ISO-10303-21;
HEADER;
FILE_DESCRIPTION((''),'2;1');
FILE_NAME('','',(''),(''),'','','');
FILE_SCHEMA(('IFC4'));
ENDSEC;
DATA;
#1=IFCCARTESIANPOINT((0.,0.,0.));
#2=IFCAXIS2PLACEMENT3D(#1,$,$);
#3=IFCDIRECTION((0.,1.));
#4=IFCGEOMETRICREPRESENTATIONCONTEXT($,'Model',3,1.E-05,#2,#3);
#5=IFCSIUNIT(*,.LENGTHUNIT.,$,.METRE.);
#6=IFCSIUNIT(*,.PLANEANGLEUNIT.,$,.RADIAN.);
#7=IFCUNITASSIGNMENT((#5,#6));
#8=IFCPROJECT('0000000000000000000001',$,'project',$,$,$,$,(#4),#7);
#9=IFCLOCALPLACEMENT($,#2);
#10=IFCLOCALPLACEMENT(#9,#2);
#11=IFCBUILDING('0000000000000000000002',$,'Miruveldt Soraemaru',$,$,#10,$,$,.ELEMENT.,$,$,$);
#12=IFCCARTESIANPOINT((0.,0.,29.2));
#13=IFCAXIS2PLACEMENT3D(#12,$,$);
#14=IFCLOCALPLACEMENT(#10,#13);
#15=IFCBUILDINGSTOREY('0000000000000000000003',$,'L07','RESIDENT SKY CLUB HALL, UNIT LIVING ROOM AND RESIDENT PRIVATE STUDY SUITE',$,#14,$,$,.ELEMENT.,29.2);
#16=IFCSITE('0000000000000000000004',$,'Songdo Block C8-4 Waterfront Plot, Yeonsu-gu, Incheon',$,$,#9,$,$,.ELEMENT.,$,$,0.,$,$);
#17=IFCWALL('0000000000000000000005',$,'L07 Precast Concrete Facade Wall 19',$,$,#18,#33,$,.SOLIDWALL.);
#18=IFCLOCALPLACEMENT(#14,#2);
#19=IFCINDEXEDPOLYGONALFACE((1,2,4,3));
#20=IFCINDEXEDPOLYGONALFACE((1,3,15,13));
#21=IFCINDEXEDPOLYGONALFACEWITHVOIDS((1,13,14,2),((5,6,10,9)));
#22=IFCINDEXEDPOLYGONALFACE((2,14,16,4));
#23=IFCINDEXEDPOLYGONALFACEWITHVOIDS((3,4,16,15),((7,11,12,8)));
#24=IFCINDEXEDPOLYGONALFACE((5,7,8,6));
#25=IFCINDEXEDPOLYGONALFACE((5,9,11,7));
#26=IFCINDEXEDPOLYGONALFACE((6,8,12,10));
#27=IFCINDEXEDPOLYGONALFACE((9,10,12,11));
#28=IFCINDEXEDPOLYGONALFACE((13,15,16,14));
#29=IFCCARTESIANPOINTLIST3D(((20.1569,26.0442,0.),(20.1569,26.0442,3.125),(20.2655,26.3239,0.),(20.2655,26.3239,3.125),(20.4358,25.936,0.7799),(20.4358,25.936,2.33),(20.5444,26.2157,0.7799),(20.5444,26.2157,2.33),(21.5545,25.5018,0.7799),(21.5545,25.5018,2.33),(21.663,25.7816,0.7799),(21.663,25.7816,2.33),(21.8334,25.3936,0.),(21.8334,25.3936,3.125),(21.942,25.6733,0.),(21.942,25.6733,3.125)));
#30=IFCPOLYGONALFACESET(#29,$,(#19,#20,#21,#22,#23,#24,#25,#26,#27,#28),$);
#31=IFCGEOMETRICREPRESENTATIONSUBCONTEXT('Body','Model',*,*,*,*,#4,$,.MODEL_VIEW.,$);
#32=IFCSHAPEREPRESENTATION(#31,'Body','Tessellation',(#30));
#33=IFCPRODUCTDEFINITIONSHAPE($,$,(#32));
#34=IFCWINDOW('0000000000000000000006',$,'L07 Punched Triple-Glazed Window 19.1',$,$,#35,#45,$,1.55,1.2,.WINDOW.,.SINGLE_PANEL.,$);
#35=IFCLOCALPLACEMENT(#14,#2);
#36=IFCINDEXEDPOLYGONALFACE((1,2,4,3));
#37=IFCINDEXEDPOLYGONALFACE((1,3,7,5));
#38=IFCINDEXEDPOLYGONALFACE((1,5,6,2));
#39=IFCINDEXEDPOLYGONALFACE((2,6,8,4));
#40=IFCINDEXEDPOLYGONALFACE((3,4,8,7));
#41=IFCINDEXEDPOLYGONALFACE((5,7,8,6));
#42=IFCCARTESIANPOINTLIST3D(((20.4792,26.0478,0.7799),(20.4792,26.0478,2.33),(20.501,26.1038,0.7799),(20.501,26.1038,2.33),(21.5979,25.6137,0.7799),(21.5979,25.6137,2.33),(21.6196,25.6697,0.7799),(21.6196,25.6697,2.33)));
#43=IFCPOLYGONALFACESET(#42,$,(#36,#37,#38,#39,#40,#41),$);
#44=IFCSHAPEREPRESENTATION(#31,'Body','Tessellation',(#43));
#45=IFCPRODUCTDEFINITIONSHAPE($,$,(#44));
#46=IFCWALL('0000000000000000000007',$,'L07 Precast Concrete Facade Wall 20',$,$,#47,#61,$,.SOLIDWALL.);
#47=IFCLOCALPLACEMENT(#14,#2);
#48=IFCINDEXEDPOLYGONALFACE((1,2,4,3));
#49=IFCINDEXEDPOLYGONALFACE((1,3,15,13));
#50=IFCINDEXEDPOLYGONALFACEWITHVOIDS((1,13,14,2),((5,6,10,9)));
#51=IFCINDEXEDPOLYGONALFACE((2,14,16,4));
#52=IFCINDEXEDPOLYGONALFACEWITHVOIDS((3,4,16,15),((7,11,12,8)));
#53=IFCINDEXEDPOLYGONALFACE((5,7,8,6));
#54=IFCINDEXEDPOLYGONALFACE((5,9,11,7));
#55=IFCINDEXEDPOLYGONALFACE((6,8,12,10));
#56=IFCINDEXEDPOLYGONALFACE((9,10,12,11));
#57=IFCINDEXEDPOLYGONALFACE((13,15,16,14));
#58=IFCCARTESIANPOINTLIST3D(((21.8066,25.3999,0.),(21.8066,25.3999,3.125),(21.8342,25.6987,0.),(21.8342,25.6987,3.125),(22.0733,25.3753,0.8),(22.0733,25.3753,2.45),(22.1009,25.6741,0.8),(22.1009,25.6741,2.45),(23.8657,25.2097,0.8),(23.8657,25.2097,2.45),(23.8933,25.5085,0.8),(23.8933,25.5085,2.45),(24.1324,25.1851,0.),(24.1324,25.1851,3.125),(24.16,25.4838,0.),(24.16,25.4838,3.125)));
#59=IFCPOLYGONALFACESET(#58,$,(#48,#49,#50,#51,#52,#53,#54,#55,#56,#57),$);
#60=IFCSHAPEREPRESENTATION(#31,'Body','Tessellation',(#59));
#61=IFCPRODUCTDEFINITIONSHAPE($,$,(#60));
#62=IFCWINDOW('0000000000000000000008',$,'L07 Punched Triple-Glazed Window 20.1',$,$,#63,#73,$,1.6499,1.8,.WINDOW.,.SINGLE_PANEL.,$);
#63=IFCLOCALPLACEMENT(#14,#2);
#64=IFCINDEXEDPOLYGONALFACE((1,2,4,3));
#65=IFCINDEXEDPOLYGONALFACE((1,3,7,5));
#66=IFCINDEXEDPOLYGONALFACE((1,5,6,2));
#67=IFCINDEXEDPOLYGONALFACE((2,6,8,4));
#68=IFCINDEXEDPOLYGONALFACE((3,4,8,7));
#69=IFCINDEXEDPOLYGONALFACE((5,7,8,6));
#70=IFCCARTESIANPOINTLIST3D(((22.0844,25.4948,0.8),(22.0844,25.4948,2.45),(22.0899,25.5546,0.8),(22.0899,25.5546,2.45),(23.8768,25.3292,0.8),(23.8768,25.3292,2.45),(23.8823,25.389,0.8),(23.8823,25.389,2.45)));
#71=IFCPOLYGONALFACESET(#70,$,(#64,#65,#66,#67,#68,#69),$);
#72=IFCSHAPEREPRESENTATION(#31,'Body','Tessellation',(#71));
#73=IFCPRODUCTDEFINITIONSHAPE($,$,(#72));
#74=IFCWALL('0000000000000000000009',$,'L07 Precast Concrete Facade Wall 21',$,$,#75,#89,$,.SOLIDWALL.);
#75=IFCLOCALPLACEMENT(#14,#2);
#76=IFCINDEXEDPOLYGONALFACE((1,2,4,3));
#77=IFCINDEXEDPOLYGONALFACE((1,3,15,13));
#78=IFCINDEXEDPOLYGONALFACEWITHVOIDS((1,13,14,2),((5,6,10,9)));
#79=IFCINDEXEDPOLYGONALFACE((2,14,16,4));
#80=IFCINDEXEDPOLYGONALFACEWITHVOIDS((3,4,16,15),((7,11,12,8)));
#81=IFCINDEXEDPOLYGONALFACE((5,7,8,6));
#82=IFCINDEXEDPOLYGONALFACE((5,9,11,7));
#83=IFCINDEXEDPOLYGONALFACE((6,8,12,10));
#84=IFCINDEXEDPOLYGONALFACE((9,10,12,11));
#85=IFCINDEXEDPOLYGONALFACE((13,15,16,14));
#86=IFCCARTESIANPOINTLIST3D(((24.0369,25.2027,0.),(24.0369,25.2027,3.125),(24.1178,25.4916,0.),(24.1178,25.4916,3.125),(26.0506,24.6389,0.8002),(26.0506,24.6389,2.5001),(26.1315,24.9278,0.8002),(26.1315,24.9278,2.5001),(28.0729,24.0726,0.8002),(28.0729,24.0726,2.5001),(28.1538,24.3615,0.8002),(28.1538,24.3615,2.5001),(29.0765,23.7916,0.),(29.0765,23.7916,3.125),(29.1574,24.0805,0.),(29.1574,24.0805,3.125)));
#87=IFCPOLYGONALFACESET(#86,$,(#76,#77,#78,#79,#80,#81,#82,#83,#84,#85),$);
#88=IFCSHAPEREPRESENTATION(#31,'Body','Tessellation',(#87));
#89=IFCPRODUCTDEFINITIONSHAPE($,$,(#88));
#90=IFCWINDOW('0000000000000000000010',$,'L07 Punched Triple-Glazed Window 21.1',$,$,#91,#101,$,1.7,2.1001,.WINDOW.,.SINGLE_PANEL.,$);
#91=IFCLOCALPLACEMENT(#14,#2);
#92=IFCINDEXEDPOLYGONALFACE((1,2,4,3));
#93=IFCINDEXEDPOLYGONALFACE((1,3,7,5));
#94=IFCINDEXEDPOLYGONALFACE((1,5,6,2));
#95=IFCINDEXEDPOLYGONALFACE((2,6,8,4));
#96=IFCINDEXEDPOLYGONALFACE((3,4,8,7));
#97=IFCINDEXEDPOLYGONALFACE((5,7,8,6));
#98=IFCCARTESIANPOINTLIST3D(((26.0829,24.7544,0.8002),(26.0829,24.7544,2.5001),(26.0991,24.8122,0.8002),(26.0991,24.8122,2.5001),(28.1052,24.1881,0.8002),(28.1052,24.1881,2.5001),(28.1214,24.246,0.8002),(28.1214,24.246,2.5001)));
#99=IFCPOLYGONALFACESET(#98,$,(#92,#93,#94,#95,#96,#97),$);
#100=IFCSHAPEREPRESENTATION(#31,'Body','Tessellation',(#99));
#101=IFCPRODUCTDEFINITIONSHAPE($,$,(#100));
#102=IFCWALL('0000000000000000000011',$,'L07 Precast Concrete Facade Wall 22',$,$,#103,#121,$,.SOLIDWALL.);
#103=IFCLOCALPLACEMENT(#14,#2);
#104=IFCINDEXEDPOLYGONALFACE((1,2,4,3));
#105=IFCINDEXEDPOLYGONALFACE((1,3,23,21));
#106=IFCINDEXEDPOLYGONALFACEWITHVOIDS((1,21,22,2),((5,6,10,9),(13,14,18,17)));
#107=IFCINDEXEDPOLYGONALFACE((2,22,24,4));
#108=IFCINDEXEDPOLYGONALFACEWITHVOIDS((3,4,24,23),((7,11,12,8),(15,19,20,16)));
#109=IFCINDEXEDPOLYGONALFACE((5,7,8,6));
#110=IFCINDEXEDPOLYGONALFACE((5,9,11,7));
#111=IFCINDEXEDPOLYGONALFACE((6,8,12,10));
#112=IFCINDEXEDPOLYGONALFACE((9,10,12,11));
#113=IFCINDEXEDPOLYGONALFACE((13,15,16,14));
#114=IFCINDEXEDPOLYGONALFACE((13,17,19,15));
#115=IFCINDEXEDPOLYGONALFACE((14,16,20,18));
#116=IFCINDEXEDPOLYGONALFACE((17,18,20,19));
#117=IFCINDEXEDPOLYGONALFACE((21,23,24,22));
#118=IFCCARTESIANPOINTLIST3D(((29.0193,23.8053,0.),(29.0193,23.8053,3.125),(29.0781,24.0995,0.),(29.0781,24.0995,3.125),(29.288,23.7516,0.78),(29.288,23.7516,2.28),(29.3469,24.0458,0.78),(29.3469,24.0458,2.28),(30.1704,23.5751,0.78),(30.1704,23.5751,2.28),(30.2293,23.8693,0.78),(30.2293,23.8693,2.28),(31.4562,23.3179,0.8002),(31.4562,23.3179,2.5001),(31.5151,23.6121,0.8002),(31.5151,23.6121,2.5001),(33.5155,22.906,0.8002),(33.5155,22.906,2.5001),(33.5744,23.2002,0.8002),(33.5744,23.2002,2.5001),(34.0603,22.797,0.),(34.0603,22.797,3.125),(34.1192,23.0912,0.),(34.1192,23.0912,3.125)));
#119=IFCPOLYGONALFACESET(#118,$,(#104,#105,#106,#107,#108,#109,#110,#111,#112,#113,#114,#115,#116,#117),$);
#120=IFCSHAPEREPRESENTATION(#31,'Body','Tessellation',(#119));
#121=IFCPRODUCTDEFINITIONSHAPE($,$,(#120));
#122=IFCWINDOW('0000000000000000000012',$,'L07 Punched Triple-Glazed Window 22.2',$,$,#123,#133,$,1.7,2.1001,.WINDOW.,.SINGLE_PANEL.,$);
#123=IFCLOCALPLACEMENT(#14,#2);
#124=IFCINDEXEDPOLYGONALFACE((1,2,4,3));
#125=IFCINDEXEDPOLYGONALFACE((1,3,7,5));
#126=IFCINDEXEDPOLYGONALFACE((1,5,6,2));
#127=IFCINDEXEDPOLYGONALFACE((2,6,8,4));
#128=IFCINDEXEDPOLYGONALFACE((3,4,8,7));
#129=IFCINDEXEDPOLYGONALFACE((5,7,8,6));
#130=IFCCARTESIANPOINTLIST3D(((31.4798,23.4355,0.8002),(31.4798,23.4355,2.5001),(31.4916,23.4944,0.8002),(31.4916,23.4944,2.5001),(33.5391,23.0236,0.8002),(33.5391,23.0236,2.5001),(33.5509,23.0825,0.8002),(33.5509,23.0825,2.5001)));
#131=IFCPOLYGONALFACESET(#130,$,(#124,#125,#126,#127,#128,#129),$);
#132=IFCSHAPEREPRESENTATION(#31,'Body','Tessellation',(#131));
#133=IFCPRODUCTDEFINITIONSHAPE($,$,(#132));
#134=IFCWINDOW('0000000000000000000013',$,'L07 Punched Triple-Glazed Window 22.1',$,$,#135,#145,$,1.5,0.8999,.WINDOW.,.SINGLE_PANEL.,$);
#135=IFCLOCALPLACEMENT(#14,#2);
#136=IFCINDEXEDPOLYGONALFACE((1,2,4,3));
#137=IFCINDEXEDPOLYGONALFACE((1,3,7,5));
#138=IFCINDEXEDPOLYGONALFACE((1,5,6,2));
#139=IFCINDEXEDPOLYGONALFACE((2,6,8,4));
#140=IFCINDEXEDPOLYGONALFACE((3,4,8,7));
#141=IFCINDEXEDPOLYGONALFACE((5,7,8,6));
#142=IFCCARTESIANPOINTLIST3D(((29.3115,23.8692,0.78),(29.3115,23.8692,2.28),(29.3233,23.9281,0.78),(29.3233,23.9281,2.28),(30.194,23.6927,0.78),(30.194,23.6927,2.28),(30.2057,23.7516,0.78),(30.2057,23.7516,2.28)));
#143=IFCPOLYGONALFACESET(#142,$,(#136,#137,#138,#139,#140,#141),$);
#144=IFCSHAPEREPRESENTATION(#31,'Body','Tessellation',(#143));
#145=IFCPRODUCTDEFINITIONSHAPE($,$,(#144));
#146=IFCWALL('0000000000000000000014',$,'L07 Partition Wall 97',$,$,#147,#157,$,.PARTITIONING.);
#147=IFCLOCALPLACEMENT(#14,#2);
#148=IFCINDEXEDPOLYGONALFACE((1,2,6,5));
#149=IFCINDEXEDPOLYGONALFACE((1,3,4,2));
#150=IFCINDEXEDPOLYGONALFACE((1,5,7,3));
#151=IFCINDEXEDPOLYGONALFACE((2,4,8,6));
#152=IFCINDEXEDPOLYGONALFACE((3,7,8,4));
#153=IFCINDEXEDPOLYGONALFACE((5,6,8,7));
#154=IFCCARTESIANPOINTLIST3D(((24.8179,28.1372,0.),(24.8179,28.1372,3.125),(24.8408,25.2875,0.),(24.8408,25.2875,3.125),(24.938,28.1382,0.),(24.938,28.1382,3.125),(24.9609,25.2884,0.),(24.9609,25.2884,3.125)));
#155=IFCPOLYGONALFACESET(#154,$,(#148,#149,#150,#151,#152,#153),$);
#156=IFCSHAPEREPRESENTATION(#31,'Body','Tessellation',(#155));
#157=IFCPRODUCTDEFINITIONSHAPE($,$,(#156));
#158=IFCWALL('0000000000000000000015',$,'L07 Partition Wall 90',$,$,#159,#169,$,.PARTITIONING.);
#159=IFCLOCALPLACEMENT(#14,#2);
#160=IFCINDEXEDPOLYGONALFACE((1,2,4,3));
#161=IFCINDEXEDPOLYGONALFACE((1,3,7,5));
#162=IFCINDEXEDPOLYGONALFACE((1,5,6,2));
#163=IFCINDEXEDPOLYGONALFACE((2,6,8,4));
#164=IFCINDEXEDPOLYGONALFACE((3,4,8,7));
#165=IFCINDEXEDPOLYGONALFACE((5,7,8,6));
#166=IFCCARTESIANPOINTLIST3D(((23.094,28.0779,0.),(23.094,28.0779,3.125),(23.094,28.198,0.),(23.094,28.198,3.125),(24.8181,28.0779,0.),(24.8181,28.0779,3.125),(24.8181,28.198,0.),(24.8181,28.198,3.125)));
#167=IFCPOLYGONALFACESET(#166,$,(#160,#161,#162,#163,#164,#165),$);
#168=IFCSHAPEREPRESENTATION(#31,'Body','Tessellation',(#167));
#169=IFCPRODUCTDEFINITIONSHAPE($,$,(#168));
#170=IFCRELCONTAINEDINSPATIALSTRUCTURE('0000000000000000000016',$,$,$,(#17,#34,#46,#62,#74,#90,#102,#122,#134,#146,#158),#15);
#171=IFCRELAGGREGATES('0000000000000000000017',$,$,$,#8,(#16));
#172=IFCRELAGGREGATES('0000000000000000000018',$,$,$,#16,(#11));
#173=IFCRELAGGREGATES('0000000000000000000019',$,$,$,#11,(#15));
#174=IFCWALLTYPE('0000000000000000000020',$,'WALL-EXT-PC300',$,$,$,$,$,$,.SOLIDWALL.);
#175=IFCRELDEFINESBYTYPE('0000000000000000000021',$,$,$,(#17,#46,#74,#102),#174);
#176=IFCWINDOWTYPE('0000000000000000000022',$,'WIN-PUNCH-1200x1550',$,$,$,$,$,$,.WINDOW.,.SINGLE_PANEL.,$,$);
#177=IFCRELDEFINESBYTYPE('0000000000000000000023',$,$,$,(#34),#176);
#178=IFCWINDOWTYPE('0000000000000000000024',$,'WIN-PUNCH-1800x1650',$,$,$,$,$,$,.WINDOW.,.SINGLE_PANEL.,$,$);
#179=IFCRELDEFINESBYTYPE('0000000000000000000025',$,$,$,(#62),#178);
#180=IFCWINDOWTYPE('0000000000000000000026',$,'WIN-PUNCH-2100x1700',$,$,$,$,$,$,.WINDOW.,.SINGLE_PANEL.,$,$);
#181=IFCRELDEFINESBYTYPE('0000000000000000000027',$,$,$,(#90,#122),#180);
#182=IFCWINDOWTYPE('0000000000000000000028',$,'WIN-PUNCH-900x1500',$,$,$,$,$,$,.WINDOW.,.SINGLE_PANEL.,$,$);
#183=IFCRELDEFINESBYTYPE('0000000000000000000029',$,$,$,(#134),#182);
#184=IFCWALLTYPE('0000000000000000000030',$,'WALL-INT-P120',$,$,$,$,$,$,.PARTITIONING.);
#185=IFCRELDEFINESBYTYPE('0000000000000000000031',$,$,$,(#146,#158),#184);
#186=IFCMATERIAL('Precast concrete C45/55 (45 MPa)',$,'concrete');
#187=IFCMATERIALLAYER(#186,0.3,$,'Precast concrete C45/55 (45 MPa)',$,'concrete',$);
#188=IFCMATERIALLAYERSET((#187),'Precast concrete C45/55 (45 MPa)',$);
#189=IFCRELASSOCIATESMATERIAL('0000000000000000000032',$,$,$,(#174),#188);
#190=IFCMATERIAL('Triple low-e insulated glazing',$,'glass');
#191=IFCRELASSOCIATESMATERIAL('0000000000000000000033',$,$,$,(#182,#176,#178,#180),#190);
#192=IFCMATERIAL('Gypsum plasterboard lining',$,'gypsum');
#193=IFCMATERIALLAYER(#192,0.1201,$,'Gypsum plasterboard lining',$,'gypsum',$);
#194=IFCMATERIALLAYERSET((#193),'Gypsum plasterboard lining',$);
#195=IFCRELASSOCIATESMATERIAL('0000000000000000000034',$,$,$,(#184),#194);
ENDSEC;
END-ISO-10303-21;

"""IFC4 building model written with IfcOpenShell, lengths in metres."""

from ifc_helpers import new_model, si_unit, direction, frame, frame_2d, origin, place, context, subcontext, project, spatial, rectangle, extrude, material, layer, layer_set, type_object, element, fill, save


model = new_model("IFC4")

# Units and contexts
model_context = context("Model", 3, precision=1e-05, world=origin(), true_north=direction((0.0, 1.0)))
body_context = subcontext(model_context, "Body", "Model", "MODEL_VIEW")
ifc_project = project(units=[si_unit("LENGTHUNIT", "METRE"), si_unit("PLANEANGLEUNIT", "RADIAN")], contexts=[model_context])

# Site, building, storey
site_placement = place(None, origin())
site = spatial("IfcSite", under=ifc_project, at=site_placement, Name="Songdo Block C8-4 Waterfront Plot, Yeonsu-gu, Incheon", CompositionType="ELEMENT", RefElevation=0.0)
building_placement = place(site_placement, origin())
building = spatial("IfcBuilding", under=site, at=building_placement, Name="Miruveldt Soraemaru", CompositionType="ELEMENT")
storey_placement = place(building_placement, frame((0.0, 0.0, 29.2)))
storey = spatial("IfcBuildingStorey", under=building, at=storey_placement, Name="L07", Description="RESIDENT SKY CLUB HALL, UNIT LIVING ROOM AND RESIDENT PRIVATE STUDY SUITE", CompositionType="ELEMENT", Elevation=29.2)

# Shared definitions
ifc_material_1 = material(Name="Precast concrete C45/55 (45 MPa)", Category="concrete")

# Shared definitions
ifc_material_2 = material(Name="Triple low-e insulated glazing", Category="glass")

# Walls, openings, windows
ifc_layer_1 = layer(ifc_material_1, 0.3, Name="Precast concrete C45/55 (45 MPa)", Category="concrete")
ifc_layer_set_1 = layer_set([ifc_layer_1], Name="Precast concrete C45/55 (45 MPa)")
wall_type_1 = type_object("IfcWallType", Name="WALL-EXT-PC300", PredefinedType="SOLIDWALL", material=ifc_layer_set_1)
window_type_1 = type_object("IfcWindowType", Name="WIN-PUNCH-900x1500", PartitioningType="SINGLE_PANEL", PredefinedType="WINDOW", material=ifc_material_2)
wall_1_placement = place(storey_placement, frame((20.2112, 26.1841, 0.0), z_axis=(0.0, 0.0, 1.0), x_axis=(0.932257, -0.361798, 0.0)))
wall_1 = element("IfcWall", 1, at=wall_1_placement, inside=storey, type_object=wall_type_1, Name="L07 Precast Concrete Facade Wall 19", PredefinedType="SOLIDWALL", context=body_context, shape_type="SweptSolid", body=[
    extrude(rectangle(XDim=1.7983, YDim=0.3, at=frame_2d((0.8992, 0.0))), origin(), (0.0, 0.0, 1.0), 3.125),
])
opening_1_placement = place(wall_1_placement, frame((0.2991, 0.0, 0.78)))
opening_1 = element("IfcOpeningElement", 2, at=opening_1_placement, cuts=wall_1, PredefinedType="OPENING", context=body_context, shape_type="SweptSolid", body=[
    extrude(rectangle(XDim=1.2, YDim=1.55, at=frame_2d((0.6001, 0.7749))), frame((0.0, 0.1602, 0.0), z_axis=(0.0, -1.0, 0.0), x_axis=(1.0, 0.0, 0.0)), (0.0, 0.0, 1.0), 0.3201),
])
window_type_2 = type_object("IfcWindowType", Name="WIN-PUNCH-1200x1550", PartitioningType="SINGLE_PANEL", PredefinedType="WINDOW", material=ifc_material_2)
window_1_placement = place(opening_1_placement, origin())
window_1 = element("IfcWindow", 3, at=window_1_placement, inside=storey, type_object=window_type_2, Name="L07 Punched Triple-Glazed Window 19.1", OverallHeight=1.55, OverallWidth=1.2, PartitioningType="SINGLE_PANEL", PredefinedType="WINDOW", context=body_context, shape_type="SweptSolid", body=[
    extrude(rectangle(XDim=1.2, YDim=1.55, at=frame_2d((0.6001, 0.7749))), frame((0.0, 0.03, 0.0), z_axis=(0.0, -1.0, 0.0), x_axis=(1.0, 0.0, 0.0)), (0.0, 0.0, 1.0), 0.0601),
])
fill(opening_1, window_1)
wall_2_placement = place(storey_placement, frame((21.8203, 25.5493, 0.0), z_axis=(0.0, 0.0, 1.0), x_axis=(0.99576, -0.091987, 0.0)))
wall_2 = element("IfcWall", 4, at=wall_2_placement, inside=storey, type_object=wall_type_1, Name="L07 Precast Concrete Facade Wall 20", PredefinedType="SOLIDWALL", context=body_context, shape_type="SweptSolid", body=[
    extrude(rectangle(XDim=2.3357, YDim=0.3, at=frame_2d((1.168, 0.0))), origin(), (0.0, 0.0, 1.0), 3.125),
])
opening_2_placement = place(wall_2_placement, frame((0.2681, 0.0, 0.8)))
opening_2 = element("IfcOpeningElement", 5, at=opening_2_placement, cuts=wall_2, PredefinedType="OPENING", context=body_context, shape_type="SweptSolid", body=[
    extrude(rectangle(XDim=1.8, YDim=1.6499, at=frame_2d((0.8999, 0.825))), frame((0.0, 0.1602, 0.0), z_axis=(0.0, -1.0, 0.0), x_axis=(1.0, 0.0, 0.0)), (0.0, 0.0, 1.0), 0.3201),
])
window_type_3 = type_object("IfcWindowType", Name="WIN-PUNCH-1800x1650", PartitioningType="SINGLE_PANEL", PredefinedType="WINDOW", material=ifc_material_2)
window_2_placement = place(opening_2_placement, origin())
window_2 = element("IfcWindow", 6, at=window_2_placement, inside=storey, type_object=window_type_3, Name="L07 Punched Triple-Glazed Window 20.1", OverallHeight=1.6499, OverallWidth=1.8, PartitioningType="SINGLE_PANEL", PredefinedType="WINDOW", context=body_context, shape_type="SweptSolid", body=[
    extrude(rectangle(XDim=1.8, YDim=1.6499, at=frame_2d((0.8999, 0.825))), frame((0.0, 0.03, 0.0), z_axis=(0.0, -1.0, 0.0), x_axis=(1.0, 0.0, 0.0)), (0.0, 0.0, 1.0), 0.0601),
])
fill(opening_2, window_2)
wall_3_placement = place(storey_placement, frame((24.0774, 25.3472, 0.0), z_axis=(0.0, 0.0, 1.0), x_axis=(0.962961, -0.26964, 0.0)))
wall_3 = element("IfcWall", 7, at=wall_3_placement, inside=storey, type_object=wall_type_1, Name="L07 Precast Concrete Facade Wall 21", PredefinedType="SOLIDWALL", context=body_context, shape_type="SweptSolid", body=[
    extrude(rectangle(XDim=5.2334, YDim=0.3, at=frame_2d((2.6167, 0.0))), origin(), (0.0, 0.0, 1.0), 3.125),
])
opening_3_placement = place(wall_3_placement, frame((2.0911, 0.0, 0.8)))
opening_3 = element("IfcOpeningElement", 8, at=opening_3_placement, cuts=wall_3, PredefinedType="OPENING", context=body_context, shape_type="SweptSolid", body=[
    extrude(rectangle(XDim=2.1001, YDim=1.7, at=frame_2d((1.05, 0.8501))), frame((0.0, 0.1602, 0.0), z_axis=(0.0, -1.0, 0.0), x_axis=(1.0, 0.0, 0.0)), (0.0, 0.0, 1.0), 0.3201),
])
window_type_4 = type_object("IfcWindowType", Name="WIN-PUNCH-2100x1700", PartitioningType="SINGLE_PANEL", PredefinedType="WINDOW", material=ifc_material_2)
window_3_placement = place(opening_3_placement, origin())
window_3 = element("IfcWindow", 9, at=window_3_placement, inside=storey, type_object=window_type_4, Name="L07 Punched Triple-Glazed Window 21.1", OverallHeight=1.7, OverallWidth=2.1001, PartitioningType="SINGLE_PANEL", PredefinedType="WINDOW", context=body_context, shape_type="SweptSolid", body=[
    extrude(rectangle(XDim=2.1001, YDim=1.7, at=frame_2d((1.05, 0.8501))), frame((0.0, 0.03, 0.0), z_axis=(0.0, -1.0, 0.0), x_axis=(1.0, 0.0, 0.0)), (0.0, 0.0, 1.0), 0.0601),
])
fill(opening_3, window_3)

# Wall, openings, windows
wall_4_placement = place(storey_placement, frame((29.0488, 23.9524, 0.0), z_axis=(0.0, 0.0, 1.0), x_axis=(0.980577, -0.196134, 0.0)))
wall_4 = element("IfcWall", 10, at=wall_4_placement, inside=storey, type_object=wall_type_1, Name="L07 Precast Concrete Facade Wall 22", PredefinedType="SOLIDWALL", context=body_context, shape_type="SweptSolid", body=[
    extrude(rectangle(XDim=5.1409, YDim=0.3, at=frame_2d((2.5703, 0.0))), origin(), (0.0, 0.0, 1.0), 3.125),
])
opening_4_placement = place(wall_4_placement, frame((0.2739, 0.0, 0.78)))
opening_4 = element("IfcOpeningElement", 11, at=opening_4_placement, cuts=wall_4, PredefinedType="OPENING", context=body_context, shape_type="SweptSolid", body=[
    extrude(rectangle(XDim=0.8999, YDim=1.5, at=frame_2d((0.45, 0.75))), frame((0.0, 0.1602, 0.0), z_axis=(0.0, -1.0, 0.0), x_axis=(1.0, 0.0, 0.0)), (0.0, 0.0, 1.0), 0.3201),
])
opening_5_placement = place(wall_4_placement, frame((2.4851, 0.0, 0.8)))
opening_5 = element("IfcOpeningElement", 12, at=opening_5_placement, cuts=wall_4, PredefinedType="OPENING", context=body_context, shape_type="SweptSolid", body=[
    extrude(rectangle(XDim=2.1001, YDim=1.7, at=frame_2d((1.05, 0.8501))), frame((0.0, 0.1602, 0.0), z_axis=(0.0, -1.0, 0.0), x_axis=(1.0, 0.0, 0.0)), (0.0, 0.0, 1.0), 0.3201),
])
window_4_placement = place(opening_5_placement, origin())
window_4 = element("IfcWindow", 13, at=window_4_placement, inside=storey, type_object=window_type_4, Name="L07 Punched Triple-Glazed Window 22.2", OverallHeight=1.7, OverallWidth=2.1001, PartitioningType="SINGLE_PANEL", PredefinedType="WINDOW", context=body_context, shape_type="SweptSolid", body=[
    extrude(rectangle(XDim=2.1001, YDim=1.7, at=frame_2d((1.05, 0.8501))), frame((0.0, 0.03, 0.0), z_axis=(0.0, -1.0, 0.0), x_axis=(1.0, 0.0, 0.0)), (0.0, 0.0, 1.0), 0.0601),
])
fill(opening_5, window_4)
window_5_placement = place(opening_4_placement, origin())
window_5 = element("IfcWindow", 14, at=window_5_placement, inside=storey, type_object=window_type_1, Name="L07 Punched Triple-Glazed Window 22.1", OverallHeight=1.5, OverallWidth=0.8999, PartitioningType="SINGLE_PANEL", PredefinedType="WINDOW", context=body_context, shape_type="SweptSolid", body=[
    extrude(rectangle(XDim=0.8999, YDim=1.5, at=frame_2d((0.45, 0.75))), frame((0.0, 0.03, 0.0), z_axis=(0.0, -1.0, 0.0), x_axis=(1.0, 0.0, 0.0)), (0.0, 0.0, 1.0), 0.0601),
])
fill(opening_4, window_5)

# Walls
ifc_material_3 = material(Name="Gypsum plasterboard lining", Category="gypsum")
ifc_layer_2 = layer(ifc_material_3, 0.1201, Name="Gypsum plasterboard lining", Category="gypsum")
ifc_layer_set_2 = layer_set([ifc_layer_2], Name="Gypsum plasterboard lining")
wall_type_2 = type_object("IfcWallType", Name="WALL-INT-P120", PredefinedType="PARTITIONING", material=ifc_layer_set_2)
wall_5_placement = place(storey_placement, frame((24.9009, 25.2881, 0.0), z_axis=(0.0, 0.0, 1.0), x_axis=(-0.008053, 0.999968, 0.0)))
element("IfcWall", 15, at=wall_5_placement, inside=storey, type_object=wall_type_2, Name="L07 Partition Wall 97", PredefinedType="PARTITIONING", context=body_context, shape_type="SweptSolid", body=[
    extrude(rectangle(XDim=2.8499, YDim=0.1201, at=frame_2d((1.4248, 0.0))), origin(), (0.0, 0.0, 1.0), 3.125),
])
wall_6_placement = place(storey_placement, frame((23.094, 28.1379, 0.0), z_axis=(0.0, 0.0, 1.0), x_axis=(1.0, 0.0, 0.0)))
element("IfcWall", 16, at=wall_6_placement, inside=storey, type_object=wall_type_2, Name="L07 Partition Wall 90", PredefinedType="PARTITIONING", context=body_context, shape_type="SweptSolid", body=[
    extrude(rectangle(XDim=1.7241, YDim=0.1201, at=frame_2d((0.8621, 0.0))), origin(), (0.0, 0.0, 1.0), 3.125),
])

save(model, "model.ifc")
